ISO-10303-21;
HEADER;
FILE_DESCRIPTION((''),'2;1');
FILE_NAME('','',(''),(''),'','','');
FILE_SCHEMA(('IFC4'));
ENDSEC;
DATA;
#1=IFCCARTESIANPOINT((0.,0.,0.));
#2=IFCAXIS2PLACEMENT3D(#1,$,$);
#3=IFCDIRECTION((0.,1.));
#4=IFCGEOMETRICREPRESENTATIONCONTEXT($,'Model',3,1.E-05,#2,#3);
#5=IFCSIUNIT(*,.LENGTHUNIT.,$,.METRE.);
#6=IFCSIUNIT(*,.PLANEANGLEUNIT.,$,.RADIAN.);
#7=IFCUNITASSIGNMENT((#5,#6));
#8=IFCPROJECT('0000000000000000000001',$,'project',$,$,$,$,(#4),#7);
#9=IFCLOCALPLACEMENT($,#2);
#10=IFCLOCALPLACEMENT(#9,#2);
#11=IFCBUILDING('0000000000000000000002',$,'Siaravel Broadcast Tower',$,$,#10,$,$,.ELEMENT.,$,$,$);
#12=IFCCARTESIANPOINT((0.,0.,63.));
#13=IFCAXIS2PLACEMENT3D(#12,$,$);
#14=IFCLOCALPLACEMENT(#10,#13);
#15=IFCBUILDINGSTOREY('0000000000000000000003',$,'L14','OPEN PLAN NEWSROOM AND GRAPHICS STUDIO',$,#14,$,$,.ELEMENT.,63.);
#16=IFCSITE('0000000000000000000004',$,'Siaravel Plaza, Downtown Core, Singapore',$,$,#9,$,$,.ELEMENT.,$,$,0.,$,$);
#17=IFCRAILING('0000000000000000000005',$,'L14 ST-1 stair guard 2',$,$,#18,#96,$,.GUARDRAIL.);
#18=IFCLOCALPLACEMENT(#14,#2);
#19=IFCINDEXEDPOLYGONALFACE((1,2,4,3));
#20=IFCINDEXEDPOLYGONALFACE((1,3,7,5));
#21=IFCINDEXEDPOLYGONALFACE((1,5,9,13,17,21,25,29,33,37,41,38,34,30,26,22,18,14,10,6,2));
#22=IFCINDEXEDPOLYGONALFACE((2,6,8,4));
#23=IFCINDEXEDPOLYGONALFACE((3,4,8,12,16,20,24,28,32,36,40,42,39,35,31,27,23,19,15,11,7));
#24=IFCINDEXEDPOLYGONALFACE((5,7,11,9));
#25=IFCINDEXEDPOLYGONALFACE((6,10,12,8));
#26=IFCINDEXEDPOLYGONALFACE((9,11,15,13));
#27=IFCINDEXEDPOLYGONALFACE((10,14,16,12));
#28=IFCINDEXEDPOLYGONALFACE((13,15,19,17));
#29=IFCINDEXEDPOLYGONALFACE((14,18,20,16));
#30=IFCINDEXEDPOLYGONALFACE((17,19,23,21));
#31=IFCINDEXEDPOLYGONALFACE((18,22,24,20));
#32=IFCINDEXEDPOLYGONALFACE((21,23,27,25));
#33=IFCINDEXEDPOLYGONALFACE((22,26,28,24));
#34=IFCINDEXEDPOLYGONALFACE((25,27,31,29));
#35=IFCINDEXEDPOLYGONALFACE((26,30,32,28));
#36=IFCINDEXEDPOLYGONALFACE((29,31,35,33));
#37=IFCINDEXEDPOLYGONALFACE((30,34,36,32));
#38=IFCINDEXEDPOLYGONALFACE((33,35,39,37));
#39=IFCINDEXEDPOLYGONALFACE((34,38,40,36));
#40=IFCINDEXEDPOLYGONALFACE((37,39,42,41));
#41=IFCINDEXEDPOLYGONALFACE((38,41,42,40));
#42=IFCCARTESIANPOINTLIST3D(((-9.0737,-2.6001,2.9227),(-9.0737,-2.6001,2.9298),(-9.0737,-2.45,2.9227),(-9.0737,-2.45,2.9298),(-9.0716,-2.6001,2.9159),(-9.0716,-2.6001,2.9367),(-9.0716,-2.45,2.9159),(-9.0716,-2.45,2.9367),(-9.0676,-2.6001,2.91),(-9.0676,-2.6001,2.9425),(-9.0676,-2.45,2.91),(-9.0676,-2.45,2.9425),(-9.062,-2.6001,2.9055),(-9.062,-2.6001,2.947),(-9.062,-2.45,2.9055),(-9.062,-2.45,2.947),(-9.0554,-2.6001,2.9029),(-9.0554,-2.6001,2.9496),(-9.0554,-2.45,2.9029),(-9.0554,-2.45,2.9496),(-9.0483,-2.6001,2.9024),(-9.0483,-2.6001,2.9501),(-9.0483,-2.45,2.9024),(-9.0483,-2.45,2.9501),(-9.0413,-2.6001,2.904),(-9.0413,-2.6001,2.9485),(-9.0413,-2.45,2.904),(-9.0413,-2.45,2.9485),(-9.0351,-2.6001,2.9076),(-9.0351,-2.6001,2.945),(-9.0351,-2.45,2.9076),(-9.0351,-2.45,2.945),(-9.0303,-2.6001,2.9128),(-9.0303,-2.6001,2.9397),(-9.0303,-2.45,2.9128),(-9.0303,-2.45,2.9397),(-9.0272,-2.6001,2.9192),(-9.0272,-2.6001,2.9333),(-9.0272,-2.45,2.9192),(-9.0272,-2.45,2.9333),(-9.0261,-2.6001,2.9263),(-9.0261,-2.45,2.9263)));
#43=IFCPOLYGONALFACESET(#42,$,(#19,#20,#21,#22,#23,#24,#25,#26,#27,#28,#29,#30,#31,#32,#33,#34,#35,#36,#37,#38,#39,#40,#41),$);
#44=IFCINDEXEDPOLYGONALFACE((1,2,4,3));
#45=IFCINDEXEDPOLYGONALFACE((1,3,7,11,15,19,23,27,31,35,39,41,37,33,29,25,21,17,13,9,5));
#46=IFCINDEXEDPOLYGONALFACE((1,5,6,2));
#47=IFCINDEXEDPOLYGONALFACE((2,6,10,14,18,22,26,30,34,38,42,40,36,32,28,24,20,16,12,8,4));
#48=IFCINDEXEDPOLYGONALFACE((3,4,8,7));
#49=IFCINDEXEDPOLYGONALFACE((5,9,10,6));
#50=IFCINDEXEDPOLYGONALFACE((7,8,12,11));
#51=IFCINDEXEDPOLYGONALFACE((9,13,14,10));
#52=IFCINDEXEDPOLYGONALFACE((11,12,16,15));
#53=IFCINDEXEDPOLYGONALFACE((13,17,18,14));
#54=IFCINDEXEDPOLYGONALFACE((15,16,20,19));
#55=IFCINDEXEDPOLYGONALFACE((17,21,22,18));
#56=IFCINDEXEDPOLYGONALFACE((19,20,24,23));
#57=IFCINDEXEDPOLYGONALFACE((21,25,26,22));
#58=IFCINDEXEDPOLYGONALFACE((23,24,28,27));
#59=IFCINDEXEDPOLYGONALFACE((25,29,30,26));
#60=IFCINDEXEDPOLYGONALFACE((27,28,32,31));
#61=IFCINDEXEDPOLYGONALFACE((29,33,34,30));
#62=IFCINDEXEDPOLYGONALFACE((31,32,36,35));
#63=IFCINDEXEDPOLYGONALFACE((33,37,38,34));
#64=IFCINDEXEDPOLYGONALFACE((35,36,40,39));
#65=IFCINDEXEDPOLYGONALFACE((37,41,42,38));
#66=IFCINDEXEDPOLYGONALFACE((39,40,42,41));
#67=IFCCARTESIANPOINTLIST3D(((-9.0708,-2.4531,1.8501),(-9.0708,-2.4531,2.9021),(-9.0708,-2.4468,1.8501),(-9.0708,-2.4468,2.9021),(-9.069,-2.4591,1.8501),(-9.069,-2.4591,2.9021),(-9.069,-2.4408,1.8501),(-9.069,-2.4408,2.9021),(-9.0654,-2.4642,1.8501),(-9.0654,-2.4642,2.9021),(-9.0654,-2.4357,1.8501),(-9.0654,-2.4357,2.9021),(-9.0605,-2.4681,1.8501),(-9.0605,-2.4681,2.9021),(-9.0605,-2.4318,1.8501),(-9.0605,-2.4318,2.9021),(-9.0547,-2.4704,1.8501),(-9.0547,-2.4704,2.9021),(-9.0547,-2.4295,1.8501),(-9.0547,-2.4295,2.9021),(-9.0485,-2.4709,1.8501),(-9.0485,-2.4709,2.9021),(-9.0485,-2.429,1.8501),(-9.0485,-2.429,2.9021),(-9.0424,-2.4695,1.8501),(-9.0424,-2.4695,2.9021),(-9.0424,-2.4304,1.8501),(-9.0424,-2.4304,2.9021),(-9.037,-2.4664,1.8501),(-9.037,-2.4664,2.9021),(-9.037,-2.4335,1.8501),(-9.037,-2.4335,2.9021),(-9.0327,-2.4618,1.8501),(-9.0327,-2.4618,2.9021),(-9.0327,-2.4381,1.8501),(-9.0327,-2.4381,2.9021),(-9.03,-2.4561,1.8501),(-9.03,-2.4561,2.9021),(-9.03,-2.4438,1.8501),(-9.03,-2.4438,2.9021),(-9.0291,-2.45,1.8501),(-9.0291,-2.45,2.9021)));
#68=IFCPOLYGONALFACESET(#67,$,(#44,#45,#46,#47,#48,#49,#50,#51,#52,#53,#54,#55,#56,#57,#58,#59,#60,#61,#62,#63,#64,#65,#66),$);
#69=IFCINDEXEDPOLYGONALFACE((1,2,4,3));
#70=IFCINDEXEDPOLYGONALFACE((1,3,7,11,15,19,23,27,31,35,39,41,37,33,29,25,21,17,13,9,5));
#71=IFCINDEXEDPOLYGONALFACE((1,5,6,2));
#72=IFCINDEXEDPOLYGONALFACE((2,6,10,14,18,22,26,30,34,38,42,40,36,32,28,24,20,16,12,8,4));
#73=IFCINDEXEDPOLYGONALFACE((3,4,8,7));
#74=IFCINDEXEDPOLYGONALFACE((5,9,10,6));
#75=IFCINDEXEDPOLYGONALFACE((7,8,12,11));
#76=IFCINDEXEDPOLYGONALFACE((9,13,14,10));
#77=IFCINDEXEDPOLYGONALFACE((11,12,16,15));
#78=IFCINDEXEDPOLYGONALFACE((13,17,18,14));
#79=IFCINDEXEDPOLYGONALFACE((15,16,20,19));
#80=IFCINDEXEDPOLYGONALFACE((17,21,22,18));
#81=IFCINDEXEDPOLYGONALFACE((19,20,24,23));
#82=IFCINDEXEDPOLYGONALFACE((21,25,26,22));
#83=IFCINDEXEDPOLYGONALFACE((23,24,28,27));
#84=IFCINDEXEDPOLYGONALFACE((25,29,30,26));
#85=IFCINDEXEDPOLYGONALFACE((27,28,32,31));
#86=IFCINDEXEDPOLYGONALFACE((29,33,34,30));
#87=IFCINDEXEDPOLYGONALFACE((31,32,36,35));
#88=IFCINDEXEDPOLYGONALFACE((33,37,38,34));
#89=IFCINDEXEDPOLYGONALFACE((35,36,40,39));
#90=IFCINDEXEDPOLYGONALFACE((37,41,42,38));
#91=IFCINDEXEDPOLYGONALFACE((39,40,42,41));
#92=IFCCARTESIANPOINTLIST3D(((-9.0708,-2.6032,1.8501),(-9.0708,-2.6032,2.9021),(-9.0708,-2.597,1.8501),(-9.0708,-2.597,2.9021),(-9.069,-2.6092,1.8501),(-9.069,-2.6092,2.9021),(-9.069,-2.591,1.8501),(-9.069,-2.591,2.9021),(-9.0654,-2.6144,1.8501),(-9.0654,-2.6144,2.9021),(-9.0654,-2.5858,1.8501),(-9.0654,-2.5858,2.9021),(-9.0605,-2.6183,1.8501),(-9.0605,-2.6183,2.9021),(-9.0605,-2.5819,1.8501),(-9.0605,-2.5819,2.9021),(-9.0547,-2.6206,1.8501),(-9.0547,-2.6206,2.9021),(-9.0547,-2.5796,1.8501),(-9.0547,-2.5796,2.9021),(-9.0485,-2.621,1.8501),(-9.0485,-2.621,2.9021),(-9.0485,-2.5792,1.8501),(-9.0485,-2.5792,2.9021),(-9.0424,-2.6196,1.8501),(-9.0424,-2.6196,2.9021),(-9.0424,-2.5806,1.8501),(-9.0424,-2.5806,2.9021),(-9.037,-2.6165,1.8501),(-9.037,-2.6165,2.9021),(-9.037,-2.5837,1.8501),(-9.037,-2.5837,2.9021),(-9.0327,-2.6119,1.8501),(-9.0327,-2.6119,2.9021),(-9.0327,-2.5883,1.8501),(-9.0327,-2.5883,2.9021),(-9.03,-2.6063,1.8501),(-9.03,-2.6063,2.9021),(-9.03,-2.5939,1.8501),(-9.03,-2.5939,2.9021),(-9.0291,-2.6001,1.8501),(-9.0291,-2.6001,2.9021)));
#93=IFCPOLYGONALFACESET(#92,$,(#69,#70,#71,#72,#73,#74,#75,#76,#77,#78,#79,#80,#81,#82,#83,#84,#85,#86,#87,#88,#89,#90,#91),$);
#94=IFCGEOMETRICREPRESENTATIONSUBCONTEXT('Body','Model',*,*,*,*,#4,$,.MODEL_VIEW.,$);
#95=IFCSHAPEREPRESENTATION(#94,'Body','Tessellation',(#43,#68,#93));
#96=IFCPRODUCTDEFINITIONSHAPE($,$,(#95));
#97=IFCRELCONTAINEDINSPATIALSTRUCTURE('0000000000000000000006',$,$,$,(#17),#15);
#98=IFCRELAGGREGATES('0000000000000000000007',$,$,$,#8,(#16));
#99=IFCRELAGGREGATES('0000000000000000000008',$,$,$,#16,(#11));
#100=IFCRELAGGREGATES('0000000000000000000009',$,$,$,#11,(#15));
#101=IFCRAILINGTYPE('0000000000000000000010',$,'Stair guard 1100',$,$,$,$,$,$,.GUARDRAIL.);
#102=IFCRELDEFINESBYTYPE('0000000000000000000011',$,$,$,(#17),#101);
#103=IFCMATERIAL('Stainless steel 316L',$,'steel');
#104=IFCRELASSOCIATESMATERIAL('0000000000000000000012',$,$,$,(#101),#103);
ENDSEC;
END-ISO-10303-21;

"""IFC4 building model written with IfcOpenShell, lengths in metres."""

from ifc_helpers import new_model, si_unit, direction, frame, origin, origin_2d, place, context, subcontext, project, spatial, circle, extrude, material, type_object, element, save


model = new_model("IFC4")

# Units and contexts
model_context = context("Model", 3, precision=1e-05, world=origin(), true_north=direction((0.0, 1.0)))
body_context = subcontext(model_context, "Body", "Model", "MODEL_VIEW")
ifc_project = project(units=[si_unit("LENGTHUNIT", "METRE"), si_unit("PLANEANGLEUNIT", "RADIAN")], contexts=[model_context])

# Site, building, storey
site_placement = place(None, origin())
site = spatial("IfcSite", under=ifc_project, at=site_placement, Name="Siaravel Plaza, Downtown Core, Singapore", CompositionType="ELEMENT", RefElevation=0.0)
building_placement = place(site_placement, origin())
building = spatial("IfcBuilding", under=site, at=building_placement, Name="Siaravel Broadcast Tower", CompositionType="ELEMENT")
storey_placement = place(building_placement, frame((0.0, 0.0, 63.0)))
storey = spatial("IfcBuildingStorey", under=building, at=storey_placement, Name="L14", Description="OPEN PLAN NEWSROOM AND GRAPHICS STUDIO", CompositionType="ELEMENT", Elevation=63.0)

# Railing
ifc_material_1 = material(Name="Stainless steel 316L", Category="steel")
railing_type_1 = type_object("IfcRailingType", Name="Stair guard 1100", PredefinedType="GUARDRAIL", material=ifc_material_1)
railing_1_placement = place(storey_placement, frame((-9.05, -2.45, 1.8501)))
element("IfcRailing", 1, at=railing_1_placement, inside=storey, type_object=railing_type_1, Name="L14 ST-1 stair guard 2", PredefinedType="GUARDRAIL", context=body_context, shape_type="SweptSolid", body=[
    extrude(circle(Radius=0.0239, at=origin_2d()), frame((0.0, 0.0, 1.0762), z_axis=(0.0, -1.0, 0.0), x_axis=(1.0, 0.0, 0.0)), (0.0, 0.0, 1.0), 0.1501),
    extrude(circle(Radius=0.021, at=origin_2d()), origin(), (0.0, 0.0, 1.0), 1.052),
    extrude(circle(Radius=0.021, at=origin_2d()), frame((0.0, -0.1501, 0.0)), (0.0, 0.0, 1.0), 1.052),
])

save(model, "model.ifc")
